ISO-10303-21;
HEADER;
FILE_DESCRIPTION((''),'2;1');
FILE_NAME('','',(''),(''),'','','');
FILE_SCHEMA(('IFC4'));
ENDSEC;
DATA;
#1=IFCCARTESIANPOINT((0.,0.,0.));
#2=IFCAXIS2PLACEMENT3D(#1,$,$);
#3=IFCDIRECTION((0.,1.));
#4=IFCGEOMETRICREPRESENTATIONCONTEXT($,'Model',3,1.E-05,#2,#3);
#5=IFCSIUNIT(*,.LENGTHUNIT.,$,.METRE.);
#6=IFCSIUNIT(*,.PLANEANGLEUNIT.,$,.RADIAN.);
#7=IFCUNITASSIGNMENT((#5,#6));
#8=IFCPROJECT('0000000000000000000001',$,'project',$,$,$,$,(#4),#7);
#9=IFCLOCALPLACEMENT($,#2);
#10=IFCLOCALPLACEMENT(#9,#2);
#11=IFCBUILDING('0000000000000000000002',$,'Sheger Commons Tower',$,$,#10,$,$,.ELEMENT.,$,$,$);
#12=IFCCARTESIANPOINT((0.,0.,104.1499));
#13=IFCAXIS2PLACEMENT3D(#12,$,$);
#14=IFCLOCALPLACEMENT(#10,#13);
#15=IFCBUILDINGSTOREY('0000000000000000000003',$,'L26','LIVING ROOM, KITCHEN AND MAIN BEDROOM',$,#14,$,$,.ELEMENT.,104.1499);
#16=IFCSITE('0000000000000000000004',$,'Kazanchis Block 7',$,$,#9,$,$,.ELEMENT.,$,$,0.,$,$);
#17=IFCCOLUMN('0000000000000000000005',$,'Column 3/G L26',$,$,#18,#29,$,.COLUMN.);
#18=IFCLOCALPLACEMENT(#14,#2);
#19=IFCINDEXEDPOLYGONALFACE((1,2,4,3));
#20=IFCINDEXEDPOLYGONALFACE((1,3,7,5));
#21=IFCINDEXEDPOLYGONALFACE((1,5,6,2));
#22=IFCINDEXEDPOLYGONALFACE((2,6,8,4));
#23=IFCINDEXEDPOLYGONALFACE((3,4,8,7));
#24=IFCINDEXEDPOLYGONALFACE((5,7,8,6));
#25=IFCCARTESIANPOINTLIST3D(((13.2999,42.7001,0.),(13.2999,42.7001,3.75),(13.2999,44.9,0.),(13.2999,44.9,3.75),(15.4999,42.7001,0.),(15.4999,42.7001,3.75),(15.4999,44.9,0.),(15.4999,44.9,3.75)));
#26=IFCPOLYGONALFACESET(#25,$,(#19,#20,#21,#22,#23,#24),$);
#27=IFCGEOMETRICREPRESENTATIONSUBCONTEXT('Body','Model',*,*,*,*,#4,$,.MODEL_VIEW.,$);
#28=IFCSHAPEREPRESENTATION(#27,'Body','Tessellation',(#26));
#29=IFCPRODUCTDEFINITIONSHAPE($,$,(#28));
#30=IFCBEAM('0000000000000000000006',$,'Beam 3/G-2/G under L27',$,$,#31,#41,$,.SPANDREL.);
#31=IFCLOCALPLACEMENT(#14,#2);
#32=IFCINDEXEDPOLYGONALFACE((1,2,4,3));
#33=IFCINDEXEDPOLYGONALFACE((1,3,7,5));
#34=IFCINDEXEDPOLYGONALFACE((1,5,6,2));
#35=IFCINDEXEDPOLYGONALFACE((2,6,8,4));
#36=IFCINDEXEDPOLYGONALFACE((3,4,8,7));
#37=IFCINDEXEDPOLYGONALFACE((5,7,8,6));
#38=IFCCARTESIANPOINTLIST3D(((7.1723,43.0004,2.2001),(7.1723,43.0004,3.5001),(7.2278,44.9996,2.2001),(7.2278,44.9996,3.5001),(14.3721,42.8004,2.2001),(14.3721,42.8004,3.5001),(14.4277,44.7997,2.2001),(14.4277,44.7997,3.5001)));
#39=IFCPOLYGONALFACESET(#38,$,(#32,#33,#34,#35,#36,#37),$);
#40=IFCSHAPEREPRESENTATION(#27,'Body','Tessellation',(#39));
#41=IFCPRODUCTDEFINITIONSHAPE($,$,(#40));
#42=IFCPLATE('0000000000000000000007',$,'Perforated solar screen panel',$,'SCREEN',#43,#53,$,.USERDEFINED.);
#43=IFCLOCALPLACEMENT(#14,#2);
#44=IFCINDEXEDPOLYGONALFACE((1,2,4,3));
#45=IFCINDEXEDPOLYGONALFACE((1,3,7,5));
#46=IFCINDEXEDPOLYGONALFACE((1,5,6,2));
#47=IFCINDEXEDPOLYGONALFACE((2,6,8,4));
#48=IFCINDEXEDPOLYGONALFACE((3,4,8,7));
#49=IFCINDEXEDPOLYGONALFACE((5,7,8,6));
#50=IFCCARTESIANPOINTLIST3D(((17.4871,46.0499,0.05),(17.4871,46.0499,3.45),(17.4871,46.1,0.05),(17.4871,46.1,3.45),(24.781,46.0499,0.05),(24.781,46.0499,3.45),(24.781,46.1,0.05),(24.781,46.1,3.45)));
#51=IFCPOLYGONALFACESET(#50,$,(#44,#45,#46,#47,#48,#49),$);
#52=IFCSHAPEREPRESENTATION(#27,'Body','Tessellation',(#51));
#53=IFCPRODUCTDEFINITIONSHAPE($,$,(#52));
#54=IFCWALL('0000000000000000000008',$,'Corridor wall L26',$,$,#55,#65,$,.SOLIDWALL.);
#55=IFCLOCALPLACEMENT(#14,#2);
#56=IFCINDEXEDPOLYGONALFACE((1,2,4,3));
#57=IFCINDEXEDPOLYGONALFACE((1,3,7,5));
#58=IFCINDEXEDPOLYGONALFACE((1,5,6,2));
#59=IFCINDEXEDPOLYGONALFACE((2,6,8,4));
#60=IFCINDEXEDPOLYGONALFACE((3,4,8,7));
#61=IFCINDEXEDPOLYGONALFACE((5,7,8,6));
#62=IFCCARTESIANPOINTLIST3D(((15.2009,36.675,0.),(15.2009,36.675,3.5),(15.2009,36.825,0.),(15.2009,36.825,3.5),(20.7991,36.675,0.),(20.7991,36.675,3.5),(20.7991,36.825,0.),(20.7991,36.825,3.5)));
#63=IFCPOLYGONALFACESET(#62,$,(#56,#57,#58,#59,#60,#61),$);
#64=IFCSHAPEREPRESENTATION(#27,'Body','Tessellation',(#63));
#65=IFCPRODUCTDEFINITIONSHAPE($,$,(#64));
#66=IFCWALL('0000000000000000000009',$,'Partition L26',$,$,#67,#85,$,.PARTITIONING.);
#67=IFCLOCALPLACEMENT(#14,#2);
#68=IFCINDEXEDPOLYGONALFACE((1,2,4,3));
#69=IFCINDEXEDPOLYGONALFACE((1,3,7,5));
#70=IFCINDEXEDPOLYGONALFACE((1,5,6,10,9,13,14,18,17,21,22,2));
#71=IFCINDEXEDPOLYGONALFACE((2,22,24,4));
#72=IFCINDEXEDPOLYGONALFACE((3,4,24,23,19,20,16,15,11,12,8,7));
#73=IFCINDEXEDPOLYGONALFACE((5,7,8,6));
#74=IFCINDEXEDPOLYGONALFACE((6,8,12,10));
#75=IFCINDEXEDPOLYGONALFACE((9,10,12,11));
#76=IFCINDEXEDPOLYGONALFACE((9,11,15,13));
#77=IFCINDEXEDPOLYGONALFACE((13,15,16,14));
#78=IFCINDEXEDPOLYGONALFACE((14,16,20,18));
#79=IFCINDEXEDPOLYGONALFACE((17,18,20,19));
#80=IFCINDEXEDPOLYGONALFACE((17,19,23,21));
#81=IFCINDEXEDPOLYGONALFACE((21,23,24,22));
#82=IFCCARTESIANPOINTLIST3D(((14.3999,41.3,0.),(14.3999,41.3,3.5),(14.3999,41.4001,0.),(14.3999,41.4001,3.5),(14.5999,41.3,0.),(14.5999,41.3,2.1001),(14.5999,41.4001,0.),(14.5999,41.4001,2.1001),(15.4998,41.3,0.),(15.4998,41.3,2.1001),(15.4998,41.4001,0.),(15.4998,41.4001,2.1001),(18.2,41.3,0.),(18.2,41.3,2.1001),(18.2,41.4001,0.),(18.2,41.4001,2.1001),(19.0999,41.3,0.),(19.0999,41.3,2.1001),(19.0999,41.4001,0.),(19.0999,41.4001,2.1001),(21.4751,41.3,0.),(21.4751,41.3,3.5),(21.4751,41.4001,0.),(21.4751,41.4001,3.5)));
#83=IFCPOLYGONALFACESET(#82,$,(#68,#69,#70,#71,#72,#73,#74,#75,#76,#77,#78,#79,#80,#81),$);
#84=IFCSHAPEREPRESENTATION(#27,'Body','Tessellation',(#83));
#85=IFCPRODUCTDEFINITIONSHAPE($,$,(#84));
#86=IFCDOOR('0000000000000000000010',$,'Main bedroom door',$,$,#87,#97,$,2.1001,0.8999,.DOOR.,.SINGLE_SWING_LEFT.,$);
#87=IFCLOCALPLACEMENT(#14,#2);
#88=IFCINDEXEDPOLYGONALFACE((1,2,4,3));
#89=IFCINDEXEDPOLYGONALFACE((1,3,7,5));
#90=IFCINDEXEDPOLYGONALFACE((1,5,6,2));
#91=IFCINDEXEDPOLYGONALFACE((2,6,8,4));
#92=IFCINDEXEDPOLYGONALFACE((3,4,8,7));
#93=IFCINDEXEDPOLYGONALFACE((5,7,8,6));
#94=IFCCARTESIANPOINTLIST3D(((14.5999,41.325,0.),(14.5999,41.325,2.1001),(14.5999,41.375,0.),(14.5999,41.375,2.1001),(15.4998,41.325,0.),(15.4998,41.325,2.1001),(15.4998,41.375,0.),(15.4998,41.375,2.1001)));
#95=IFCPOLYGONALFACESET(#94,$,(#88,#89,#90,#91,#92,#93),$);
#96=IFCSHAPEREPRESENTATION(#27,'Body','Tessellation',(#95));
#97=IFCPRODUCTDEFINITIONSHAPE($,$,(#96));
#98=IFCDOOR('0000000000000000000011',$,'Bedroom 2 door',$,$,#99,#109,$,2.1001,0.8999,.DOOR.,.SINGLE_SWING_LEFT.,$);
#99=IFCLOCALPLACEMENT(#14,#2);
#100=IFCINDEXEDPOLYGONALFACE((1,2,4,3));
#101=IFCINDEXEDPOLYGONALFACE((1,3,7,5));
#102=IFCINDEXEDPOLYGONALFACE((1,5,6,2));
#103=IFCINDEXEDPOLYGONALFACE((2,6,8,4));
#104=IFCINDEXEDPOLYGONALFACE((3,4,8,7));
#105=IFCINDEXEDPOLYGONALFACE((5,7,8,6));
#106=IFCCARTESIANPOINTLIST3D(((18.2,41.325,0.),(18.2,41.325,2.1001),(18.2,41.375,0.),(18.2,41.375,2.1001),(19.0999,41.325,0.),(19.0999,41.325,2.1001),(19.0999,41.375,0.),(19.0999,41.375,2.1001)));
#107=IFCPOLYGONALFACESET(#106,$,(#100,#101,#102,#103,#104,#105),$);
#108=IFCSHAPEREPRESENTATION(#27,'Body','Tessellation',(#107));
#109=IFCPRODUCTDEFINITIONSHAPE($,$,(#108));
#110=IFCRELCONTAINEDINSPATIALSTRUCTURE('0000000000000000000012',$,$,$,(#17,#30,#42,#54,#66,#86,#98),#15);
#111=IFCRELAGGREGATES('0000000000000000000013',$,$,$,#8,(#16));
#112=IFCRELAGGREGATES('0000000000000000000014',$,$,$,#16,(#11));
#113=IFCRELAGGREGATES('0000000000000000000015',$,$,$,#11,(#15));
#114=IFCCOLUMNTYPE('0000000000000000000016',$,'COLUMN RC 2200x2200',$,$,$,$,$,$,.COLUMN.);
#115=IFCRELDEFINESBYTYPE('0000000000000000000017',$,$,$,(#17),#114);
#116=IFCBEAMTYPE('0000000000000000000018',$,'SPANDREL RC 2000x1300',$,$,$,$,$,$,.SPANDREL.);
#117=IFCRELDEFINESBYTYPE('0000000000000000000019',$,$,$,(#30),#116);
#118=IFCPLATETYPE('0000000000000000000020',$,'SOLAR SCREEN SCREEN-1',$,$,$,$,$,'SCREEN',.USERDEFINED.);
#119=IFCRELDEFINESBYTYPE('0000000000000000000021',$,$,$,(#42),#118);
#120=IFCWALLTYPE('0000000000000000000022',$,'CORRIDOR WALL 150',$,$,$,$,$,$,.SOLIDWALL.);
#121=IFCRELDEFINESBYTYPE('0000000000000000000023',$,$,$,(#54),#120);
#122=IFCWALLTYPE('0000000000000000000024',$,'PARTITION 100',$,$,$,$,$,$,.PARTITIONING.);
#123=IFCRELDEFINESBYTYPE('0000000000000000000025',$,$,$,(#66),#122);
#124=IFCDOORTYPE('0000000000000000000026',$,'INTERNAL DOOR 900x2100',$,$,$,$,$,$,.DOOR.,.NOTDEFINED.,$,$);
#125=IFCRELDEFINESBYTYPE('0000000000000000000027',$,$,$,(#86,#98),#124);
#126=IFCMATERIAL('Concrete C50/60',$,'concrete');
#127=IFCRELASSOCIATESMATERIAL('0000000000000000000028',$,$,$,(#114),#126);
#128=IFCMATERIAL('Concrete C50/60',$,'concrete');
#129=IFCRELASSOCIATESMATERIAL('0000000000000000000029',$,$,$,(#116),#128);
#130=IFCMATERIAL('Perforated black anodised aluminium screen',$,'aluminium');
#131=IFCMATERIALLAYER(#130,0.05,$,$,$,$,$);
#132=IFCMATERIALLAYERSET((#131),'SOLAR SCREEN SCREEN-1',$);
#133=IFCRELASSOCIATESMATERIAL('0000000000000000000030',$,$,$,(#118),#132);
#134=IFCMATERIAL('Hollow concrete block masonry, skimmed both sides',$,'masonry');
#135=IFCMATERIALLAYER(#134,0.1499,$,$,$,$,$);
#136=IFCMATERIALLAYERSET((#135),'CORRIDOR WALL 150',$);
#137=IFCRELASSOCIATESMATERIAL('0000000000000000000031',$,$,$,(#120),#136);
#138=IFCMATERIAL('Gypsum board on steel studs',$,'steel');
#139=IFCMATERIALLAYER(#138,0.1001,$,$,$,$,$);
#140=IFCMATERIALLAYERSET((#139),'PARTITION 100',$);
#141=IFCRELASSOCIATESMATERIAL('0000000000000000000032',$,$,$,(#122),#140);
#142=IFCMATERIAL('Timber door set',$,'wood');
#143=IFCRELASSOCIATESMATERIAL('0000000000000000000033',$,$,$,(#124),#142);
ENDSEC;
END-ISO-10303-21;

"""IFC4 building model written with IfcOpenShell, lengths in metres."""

from ifc_helpers import new_model, si_unit, direction, frame, frame_2d, origin, origin_2d, place, context, subcontext, project, spatial, rectangle, extrude, material, layer, layer_set, material_profile, profile_set, type_object, element, fill, save


model = new_model("IFC4")

# Units and contexts
model_context = context("Model", 3, precision=1e-05, world=origin(), true_north=direction((0.0, 1.0)))
body_context = subcontext(model_context, "Body", "Model", "MODEL_VIEW")
ifc_project = project(units=[si_unit("LENGTHUNIT", "METRE"), si_unit("PLANEANGLEUNIT", "RADIAN")], contexts=[model_context])

# Site, building, storey
site_placement = place(None, origin())
site = spatial("IfcSite", under=ifc_project, at=site_placement, Name="Kazanchis Block 7", CompositionType="ELEMENT", RefElevation=0.0)
building_placement = place(site_placement, origin())
building = spatial("IfcBuilding", under=site, at=building_placement, Name="Sheger Commons Tower", CompositionType="ELEMENT")
storey_placement = place(building_placement, frame((0.0, 0.0, 104.1499)))
storey = spatial("IfcBuildingStorey", under=building, at=storey_placement, Name="L26", Description="LIVING ROOM, KITCHEN AND MAIN BEDROOM", CompositionType="ELEMENT", Elevation=104.1499)

# Column
ifc_material_1 = material(Name="Concrete C50/60", Category="concrete")
ifc_material_profile_1 = material_profile(ifc_material_1, rectangle(XDim=2.2, YDim=2.2, at=origin_2d()), Name="RC 2200x2200")
ifc_profile_set_1 = profile_set([ifc_material_profile_1], Name="Concrete C50/60")
column_type = type_object("IfcColumnType", Name="COLUMN RC 2200x2200", PredefinedType="COLUMN", material=ifc_profile_set_1)
column_placement = place(storey_placement, frame((14.3999, 43.8, 0.0), z_axis=(0.0, 0.0, 1.0), x_axis=(1.0, 0.0, 0.0)))
element("IfcColumn", 1, at=column_placement, inside=storey, type_object=column_type, Name="Column 3/G L26", PredefinedType="COLUMN", context=body_context, shape_type="SweptSolid", body=[
    extrude(rectangle(XDim=2.2, YDim=2.2, at=origin_2d()), origin(), (0.0, 0.0, 1.0), 3.75),
])

# Beam
ifc_material_2 = material(Name="Concrete C50/60", Category="concrete")
ifc_material_profile_2 = material_profile(ifc_material_2, rectangle(XDim=2.0, YDim=1.3, at=origin_2d()), Name="RC 2000x1300")
ifc_profile_set_2 = profile_set([ifc_material_profile_2], Name="Concrete C50/60")
beam_type = type_object("IfcBeamType", Name="SPANDREL RC 2000x1300", PredefinedType="SPANDREL", material=ifc_profile_set_2)
beam_placement = place(storey_placement, frame((14.3999, 43.8, 2.8501), z_axis=(-0.999615, 0.02776, 0.0), x_axis=(-0.02776, -0.999615, 0.0)))
element("IfcBeam", 2, at=beam_placement, inside=storey, type_object=beam_type, Name="Beam 3/G-2/G under L27", PredefinedType="SPANDREL", context=body_context, shape_type="SweptSolid", body=[
    extrude(rectangle(XDim=2.0, YDim=1.3, at=origin_2d()), origin(), (0.0, 0.0, 1.0), 7.2026),
])

# Plate
ifc_material_3 = material(Name="Perforated black anodised aluminium screen", Category="aluminium")
ifc_layer_1 = layer(ifc_material_3, 0.05)
ifc_layer_set_1 = layer_set([ifc_layer_1], Name="SOLAR SCREEN SCREEN-1")
plate_type = type_object("IfcPlateType", Name="SOLAR SCREEN SCREEN-1", ElementType="SCREEN", PredefinedType="USERDEFINED", material=ifc_layer_set_1)
plate_placement = place(storey_placement, frame((21.134, 46.075, 0.05), z_axis=(0.0, 0.0, 1.0), x_axis=(-1.0, 0.0, 0.0)))
element("IfcPlate", 3, at=plate_placement, inside=storey, type_object=plate_type, Name="Perforated solar screen panel", ObjectType="SCREEN", PredefinedType="USERDEFINED", context=body_context, shape_type="SweptSolid", body=[
    extrude(rectangle(XDim=7.2939, YDim=0.05, at=origin_2d()), origin(), (0.0, 0.0, 1.0), 3.3999),
])

# Wall
ifc_material_4 = material(Name="Hollow concrete block masonry, skimmed both sides", Category="masonry")
ifc_layer_2 = layer(ifc_material_4, 0.1499)
ifc_layer_set_2 = layer_set([ifc_layer_2], Name="CORRIDOR WALL 150")
wall_type_1 = type_object("IfcWallType", Name="CORRIDOR WALL 150", PredefinedType="SOLIDWALL", material=ifc_layer_set_2)
wall_1_placement = place(storey_placement, frame((15.2009, 36.75, 0.0), z_axis=(0.0, 0.0, 1.0), x_axis=(1.0, 0.0, 0.0)))
element("IfcWall", 4, at=wall_1_placement, inside=storey, type_object=wall_type_1, Name="Corridor wall L26", PredefinedType="SOLIDWALL", context=body_context, shape_type="SweptSolid", body=[
    extrude(rectangle(XDim=5.5981, YDim=0.1499, at=frame_2d((2.7991, 0.0))), origin(), (0.0, 0.0, 1.0), 3.5),
])

# Wall, openings, doors
ifc_material_5 = material(Name="Gypsum board on steel studs", Category="steel")
ifc_layer_3 = layer(ifc_material_5, 0.1001)
ifc_layer_set_3 = layer_set([ifc_layer_3], Name="PARTITION 100")
wall_type_2 = type_object("IfcWallType", Name="PARTITION 100", PredefinedType="PARTITIONING", material=ifc_layer_set_3)
wall_2_placement = place(storey_placement, frame((14.3999, 41.3501, 0.0), z_axis=(0.0, 0.0, 1.0), x_axis=(1.0, 0.0, 0.0)))
wall_2 = element("IfcWall", 5, at=wall_2_placement, inside=storey, type_object=wall_type_2, Name="Partition L26", PredefinedType="PARTITIONING", context=body_context, shape_type="SweptSolid", body=[
    extrude(rectangle(XDim=7.0752, YDim=0.1001, at=frame_2d((3.5376, 0.0))), origin(), (0.0, 0.0, 1.0), 3.5),
])
opening_1_placement = place(wall_2_placement, frame((0.2, 0.0, 0.0)))
opening_1 = element("IfcOpeningElement", 6, at=opening_1_placement, cuts=wall_2, PredefinedType="OPENING", context=body_context, shape_type="SweptSolid", body=[
    extrude(rectangle(XDim=0.8999, YDim=2.1001, at=frame_2d((0.45, 1.05))), frame((0.0, 0.0601, 0.0), z_axis=(0.0, -1.0, 0.0), x_axis=(1.0, 0.0, 0.0)), (0.0, 0.0, 1.0), 0.1201),
])
opening_2_placement = place(wall_2_placement, frame((3.8, 0.0, 0.0)))
opening_2 = element("IfcOpeningElement", 7, at=opening_2_placement, cuts=wall_2, PredefinedType="OPENING", context=body_context, shape_type="SweptSolid", body=[
    extrude(rectangle(XDim=0.8999, YDim=2.1001, at=frame_2d((0.45, 1.05))), frame((0.0, 0.0601, 0.0), z_axis=(0.0, -1.0, 0.0), x_axis=(1.0, 0.0, 0.0)), (0.0, 0.0, 1.0), 0.1201),
])
ifc_material_6 = material(Name="Timber door set", Category="wood")
door_type = type_object("IfcDoorType", Name="INTERNAL DOOR 900x2100", OperationType="NOTDEFINED", PredefinedType="DOOR", material=ifc_material_6)
door_1_placement = place(opening_1_placement, origin())
door_1 = element("IfcDoor", 8, at=door_1_placement, inside=storey, type_object=door_type, Name="Main bedroom door", OperationType="SINGLE_SWING_LEFT", OverallHeight=2.1001, OverallWidth=0.8999, PredefinedType="DOOR", context=body_context, shape_type="SweptSolid", body=[
    extrude(rectangle(XDim=0.8999, YDim=2.1001, at=frame_2d((0.45, 1.05))), frame((0.0, 0.0249, 0.0), z_axis=(0.0, -1.0, 0.0), x_axis=(1.0, 0.0, 0.0)), (0.0, 0.0, 1.0), 0.05),
])
fill(opening_1, door_1)
door_2_placement = place(opening_2_placement, origin())
door_2 = element("IfcDoor", 9, at=door_2_placement, inside=storey, type_object=door_type, Name="Bedroom 2 door", OperationType="SINGLE_SWING_LEFT", OverallHeight=2.1001, OverallWidth=0.8999, PredefinedType="DOOR", context=body_context, shape_type="SweptSolid", body=[
    extrude(rectangle(XDim=0.8999, YDim=2.1001, at=frame_2d((0.45, 1.05))), frame((0.0, 0.0249, 0.0), z_axis=(0.0, -1.0, 0.0), x_axis=(1.0, 0.0, 0.0)), (0.0, 0.0, 1.0), 0.05),
])
fill(opening_2, door_2)

save(model, "model.ifc")
